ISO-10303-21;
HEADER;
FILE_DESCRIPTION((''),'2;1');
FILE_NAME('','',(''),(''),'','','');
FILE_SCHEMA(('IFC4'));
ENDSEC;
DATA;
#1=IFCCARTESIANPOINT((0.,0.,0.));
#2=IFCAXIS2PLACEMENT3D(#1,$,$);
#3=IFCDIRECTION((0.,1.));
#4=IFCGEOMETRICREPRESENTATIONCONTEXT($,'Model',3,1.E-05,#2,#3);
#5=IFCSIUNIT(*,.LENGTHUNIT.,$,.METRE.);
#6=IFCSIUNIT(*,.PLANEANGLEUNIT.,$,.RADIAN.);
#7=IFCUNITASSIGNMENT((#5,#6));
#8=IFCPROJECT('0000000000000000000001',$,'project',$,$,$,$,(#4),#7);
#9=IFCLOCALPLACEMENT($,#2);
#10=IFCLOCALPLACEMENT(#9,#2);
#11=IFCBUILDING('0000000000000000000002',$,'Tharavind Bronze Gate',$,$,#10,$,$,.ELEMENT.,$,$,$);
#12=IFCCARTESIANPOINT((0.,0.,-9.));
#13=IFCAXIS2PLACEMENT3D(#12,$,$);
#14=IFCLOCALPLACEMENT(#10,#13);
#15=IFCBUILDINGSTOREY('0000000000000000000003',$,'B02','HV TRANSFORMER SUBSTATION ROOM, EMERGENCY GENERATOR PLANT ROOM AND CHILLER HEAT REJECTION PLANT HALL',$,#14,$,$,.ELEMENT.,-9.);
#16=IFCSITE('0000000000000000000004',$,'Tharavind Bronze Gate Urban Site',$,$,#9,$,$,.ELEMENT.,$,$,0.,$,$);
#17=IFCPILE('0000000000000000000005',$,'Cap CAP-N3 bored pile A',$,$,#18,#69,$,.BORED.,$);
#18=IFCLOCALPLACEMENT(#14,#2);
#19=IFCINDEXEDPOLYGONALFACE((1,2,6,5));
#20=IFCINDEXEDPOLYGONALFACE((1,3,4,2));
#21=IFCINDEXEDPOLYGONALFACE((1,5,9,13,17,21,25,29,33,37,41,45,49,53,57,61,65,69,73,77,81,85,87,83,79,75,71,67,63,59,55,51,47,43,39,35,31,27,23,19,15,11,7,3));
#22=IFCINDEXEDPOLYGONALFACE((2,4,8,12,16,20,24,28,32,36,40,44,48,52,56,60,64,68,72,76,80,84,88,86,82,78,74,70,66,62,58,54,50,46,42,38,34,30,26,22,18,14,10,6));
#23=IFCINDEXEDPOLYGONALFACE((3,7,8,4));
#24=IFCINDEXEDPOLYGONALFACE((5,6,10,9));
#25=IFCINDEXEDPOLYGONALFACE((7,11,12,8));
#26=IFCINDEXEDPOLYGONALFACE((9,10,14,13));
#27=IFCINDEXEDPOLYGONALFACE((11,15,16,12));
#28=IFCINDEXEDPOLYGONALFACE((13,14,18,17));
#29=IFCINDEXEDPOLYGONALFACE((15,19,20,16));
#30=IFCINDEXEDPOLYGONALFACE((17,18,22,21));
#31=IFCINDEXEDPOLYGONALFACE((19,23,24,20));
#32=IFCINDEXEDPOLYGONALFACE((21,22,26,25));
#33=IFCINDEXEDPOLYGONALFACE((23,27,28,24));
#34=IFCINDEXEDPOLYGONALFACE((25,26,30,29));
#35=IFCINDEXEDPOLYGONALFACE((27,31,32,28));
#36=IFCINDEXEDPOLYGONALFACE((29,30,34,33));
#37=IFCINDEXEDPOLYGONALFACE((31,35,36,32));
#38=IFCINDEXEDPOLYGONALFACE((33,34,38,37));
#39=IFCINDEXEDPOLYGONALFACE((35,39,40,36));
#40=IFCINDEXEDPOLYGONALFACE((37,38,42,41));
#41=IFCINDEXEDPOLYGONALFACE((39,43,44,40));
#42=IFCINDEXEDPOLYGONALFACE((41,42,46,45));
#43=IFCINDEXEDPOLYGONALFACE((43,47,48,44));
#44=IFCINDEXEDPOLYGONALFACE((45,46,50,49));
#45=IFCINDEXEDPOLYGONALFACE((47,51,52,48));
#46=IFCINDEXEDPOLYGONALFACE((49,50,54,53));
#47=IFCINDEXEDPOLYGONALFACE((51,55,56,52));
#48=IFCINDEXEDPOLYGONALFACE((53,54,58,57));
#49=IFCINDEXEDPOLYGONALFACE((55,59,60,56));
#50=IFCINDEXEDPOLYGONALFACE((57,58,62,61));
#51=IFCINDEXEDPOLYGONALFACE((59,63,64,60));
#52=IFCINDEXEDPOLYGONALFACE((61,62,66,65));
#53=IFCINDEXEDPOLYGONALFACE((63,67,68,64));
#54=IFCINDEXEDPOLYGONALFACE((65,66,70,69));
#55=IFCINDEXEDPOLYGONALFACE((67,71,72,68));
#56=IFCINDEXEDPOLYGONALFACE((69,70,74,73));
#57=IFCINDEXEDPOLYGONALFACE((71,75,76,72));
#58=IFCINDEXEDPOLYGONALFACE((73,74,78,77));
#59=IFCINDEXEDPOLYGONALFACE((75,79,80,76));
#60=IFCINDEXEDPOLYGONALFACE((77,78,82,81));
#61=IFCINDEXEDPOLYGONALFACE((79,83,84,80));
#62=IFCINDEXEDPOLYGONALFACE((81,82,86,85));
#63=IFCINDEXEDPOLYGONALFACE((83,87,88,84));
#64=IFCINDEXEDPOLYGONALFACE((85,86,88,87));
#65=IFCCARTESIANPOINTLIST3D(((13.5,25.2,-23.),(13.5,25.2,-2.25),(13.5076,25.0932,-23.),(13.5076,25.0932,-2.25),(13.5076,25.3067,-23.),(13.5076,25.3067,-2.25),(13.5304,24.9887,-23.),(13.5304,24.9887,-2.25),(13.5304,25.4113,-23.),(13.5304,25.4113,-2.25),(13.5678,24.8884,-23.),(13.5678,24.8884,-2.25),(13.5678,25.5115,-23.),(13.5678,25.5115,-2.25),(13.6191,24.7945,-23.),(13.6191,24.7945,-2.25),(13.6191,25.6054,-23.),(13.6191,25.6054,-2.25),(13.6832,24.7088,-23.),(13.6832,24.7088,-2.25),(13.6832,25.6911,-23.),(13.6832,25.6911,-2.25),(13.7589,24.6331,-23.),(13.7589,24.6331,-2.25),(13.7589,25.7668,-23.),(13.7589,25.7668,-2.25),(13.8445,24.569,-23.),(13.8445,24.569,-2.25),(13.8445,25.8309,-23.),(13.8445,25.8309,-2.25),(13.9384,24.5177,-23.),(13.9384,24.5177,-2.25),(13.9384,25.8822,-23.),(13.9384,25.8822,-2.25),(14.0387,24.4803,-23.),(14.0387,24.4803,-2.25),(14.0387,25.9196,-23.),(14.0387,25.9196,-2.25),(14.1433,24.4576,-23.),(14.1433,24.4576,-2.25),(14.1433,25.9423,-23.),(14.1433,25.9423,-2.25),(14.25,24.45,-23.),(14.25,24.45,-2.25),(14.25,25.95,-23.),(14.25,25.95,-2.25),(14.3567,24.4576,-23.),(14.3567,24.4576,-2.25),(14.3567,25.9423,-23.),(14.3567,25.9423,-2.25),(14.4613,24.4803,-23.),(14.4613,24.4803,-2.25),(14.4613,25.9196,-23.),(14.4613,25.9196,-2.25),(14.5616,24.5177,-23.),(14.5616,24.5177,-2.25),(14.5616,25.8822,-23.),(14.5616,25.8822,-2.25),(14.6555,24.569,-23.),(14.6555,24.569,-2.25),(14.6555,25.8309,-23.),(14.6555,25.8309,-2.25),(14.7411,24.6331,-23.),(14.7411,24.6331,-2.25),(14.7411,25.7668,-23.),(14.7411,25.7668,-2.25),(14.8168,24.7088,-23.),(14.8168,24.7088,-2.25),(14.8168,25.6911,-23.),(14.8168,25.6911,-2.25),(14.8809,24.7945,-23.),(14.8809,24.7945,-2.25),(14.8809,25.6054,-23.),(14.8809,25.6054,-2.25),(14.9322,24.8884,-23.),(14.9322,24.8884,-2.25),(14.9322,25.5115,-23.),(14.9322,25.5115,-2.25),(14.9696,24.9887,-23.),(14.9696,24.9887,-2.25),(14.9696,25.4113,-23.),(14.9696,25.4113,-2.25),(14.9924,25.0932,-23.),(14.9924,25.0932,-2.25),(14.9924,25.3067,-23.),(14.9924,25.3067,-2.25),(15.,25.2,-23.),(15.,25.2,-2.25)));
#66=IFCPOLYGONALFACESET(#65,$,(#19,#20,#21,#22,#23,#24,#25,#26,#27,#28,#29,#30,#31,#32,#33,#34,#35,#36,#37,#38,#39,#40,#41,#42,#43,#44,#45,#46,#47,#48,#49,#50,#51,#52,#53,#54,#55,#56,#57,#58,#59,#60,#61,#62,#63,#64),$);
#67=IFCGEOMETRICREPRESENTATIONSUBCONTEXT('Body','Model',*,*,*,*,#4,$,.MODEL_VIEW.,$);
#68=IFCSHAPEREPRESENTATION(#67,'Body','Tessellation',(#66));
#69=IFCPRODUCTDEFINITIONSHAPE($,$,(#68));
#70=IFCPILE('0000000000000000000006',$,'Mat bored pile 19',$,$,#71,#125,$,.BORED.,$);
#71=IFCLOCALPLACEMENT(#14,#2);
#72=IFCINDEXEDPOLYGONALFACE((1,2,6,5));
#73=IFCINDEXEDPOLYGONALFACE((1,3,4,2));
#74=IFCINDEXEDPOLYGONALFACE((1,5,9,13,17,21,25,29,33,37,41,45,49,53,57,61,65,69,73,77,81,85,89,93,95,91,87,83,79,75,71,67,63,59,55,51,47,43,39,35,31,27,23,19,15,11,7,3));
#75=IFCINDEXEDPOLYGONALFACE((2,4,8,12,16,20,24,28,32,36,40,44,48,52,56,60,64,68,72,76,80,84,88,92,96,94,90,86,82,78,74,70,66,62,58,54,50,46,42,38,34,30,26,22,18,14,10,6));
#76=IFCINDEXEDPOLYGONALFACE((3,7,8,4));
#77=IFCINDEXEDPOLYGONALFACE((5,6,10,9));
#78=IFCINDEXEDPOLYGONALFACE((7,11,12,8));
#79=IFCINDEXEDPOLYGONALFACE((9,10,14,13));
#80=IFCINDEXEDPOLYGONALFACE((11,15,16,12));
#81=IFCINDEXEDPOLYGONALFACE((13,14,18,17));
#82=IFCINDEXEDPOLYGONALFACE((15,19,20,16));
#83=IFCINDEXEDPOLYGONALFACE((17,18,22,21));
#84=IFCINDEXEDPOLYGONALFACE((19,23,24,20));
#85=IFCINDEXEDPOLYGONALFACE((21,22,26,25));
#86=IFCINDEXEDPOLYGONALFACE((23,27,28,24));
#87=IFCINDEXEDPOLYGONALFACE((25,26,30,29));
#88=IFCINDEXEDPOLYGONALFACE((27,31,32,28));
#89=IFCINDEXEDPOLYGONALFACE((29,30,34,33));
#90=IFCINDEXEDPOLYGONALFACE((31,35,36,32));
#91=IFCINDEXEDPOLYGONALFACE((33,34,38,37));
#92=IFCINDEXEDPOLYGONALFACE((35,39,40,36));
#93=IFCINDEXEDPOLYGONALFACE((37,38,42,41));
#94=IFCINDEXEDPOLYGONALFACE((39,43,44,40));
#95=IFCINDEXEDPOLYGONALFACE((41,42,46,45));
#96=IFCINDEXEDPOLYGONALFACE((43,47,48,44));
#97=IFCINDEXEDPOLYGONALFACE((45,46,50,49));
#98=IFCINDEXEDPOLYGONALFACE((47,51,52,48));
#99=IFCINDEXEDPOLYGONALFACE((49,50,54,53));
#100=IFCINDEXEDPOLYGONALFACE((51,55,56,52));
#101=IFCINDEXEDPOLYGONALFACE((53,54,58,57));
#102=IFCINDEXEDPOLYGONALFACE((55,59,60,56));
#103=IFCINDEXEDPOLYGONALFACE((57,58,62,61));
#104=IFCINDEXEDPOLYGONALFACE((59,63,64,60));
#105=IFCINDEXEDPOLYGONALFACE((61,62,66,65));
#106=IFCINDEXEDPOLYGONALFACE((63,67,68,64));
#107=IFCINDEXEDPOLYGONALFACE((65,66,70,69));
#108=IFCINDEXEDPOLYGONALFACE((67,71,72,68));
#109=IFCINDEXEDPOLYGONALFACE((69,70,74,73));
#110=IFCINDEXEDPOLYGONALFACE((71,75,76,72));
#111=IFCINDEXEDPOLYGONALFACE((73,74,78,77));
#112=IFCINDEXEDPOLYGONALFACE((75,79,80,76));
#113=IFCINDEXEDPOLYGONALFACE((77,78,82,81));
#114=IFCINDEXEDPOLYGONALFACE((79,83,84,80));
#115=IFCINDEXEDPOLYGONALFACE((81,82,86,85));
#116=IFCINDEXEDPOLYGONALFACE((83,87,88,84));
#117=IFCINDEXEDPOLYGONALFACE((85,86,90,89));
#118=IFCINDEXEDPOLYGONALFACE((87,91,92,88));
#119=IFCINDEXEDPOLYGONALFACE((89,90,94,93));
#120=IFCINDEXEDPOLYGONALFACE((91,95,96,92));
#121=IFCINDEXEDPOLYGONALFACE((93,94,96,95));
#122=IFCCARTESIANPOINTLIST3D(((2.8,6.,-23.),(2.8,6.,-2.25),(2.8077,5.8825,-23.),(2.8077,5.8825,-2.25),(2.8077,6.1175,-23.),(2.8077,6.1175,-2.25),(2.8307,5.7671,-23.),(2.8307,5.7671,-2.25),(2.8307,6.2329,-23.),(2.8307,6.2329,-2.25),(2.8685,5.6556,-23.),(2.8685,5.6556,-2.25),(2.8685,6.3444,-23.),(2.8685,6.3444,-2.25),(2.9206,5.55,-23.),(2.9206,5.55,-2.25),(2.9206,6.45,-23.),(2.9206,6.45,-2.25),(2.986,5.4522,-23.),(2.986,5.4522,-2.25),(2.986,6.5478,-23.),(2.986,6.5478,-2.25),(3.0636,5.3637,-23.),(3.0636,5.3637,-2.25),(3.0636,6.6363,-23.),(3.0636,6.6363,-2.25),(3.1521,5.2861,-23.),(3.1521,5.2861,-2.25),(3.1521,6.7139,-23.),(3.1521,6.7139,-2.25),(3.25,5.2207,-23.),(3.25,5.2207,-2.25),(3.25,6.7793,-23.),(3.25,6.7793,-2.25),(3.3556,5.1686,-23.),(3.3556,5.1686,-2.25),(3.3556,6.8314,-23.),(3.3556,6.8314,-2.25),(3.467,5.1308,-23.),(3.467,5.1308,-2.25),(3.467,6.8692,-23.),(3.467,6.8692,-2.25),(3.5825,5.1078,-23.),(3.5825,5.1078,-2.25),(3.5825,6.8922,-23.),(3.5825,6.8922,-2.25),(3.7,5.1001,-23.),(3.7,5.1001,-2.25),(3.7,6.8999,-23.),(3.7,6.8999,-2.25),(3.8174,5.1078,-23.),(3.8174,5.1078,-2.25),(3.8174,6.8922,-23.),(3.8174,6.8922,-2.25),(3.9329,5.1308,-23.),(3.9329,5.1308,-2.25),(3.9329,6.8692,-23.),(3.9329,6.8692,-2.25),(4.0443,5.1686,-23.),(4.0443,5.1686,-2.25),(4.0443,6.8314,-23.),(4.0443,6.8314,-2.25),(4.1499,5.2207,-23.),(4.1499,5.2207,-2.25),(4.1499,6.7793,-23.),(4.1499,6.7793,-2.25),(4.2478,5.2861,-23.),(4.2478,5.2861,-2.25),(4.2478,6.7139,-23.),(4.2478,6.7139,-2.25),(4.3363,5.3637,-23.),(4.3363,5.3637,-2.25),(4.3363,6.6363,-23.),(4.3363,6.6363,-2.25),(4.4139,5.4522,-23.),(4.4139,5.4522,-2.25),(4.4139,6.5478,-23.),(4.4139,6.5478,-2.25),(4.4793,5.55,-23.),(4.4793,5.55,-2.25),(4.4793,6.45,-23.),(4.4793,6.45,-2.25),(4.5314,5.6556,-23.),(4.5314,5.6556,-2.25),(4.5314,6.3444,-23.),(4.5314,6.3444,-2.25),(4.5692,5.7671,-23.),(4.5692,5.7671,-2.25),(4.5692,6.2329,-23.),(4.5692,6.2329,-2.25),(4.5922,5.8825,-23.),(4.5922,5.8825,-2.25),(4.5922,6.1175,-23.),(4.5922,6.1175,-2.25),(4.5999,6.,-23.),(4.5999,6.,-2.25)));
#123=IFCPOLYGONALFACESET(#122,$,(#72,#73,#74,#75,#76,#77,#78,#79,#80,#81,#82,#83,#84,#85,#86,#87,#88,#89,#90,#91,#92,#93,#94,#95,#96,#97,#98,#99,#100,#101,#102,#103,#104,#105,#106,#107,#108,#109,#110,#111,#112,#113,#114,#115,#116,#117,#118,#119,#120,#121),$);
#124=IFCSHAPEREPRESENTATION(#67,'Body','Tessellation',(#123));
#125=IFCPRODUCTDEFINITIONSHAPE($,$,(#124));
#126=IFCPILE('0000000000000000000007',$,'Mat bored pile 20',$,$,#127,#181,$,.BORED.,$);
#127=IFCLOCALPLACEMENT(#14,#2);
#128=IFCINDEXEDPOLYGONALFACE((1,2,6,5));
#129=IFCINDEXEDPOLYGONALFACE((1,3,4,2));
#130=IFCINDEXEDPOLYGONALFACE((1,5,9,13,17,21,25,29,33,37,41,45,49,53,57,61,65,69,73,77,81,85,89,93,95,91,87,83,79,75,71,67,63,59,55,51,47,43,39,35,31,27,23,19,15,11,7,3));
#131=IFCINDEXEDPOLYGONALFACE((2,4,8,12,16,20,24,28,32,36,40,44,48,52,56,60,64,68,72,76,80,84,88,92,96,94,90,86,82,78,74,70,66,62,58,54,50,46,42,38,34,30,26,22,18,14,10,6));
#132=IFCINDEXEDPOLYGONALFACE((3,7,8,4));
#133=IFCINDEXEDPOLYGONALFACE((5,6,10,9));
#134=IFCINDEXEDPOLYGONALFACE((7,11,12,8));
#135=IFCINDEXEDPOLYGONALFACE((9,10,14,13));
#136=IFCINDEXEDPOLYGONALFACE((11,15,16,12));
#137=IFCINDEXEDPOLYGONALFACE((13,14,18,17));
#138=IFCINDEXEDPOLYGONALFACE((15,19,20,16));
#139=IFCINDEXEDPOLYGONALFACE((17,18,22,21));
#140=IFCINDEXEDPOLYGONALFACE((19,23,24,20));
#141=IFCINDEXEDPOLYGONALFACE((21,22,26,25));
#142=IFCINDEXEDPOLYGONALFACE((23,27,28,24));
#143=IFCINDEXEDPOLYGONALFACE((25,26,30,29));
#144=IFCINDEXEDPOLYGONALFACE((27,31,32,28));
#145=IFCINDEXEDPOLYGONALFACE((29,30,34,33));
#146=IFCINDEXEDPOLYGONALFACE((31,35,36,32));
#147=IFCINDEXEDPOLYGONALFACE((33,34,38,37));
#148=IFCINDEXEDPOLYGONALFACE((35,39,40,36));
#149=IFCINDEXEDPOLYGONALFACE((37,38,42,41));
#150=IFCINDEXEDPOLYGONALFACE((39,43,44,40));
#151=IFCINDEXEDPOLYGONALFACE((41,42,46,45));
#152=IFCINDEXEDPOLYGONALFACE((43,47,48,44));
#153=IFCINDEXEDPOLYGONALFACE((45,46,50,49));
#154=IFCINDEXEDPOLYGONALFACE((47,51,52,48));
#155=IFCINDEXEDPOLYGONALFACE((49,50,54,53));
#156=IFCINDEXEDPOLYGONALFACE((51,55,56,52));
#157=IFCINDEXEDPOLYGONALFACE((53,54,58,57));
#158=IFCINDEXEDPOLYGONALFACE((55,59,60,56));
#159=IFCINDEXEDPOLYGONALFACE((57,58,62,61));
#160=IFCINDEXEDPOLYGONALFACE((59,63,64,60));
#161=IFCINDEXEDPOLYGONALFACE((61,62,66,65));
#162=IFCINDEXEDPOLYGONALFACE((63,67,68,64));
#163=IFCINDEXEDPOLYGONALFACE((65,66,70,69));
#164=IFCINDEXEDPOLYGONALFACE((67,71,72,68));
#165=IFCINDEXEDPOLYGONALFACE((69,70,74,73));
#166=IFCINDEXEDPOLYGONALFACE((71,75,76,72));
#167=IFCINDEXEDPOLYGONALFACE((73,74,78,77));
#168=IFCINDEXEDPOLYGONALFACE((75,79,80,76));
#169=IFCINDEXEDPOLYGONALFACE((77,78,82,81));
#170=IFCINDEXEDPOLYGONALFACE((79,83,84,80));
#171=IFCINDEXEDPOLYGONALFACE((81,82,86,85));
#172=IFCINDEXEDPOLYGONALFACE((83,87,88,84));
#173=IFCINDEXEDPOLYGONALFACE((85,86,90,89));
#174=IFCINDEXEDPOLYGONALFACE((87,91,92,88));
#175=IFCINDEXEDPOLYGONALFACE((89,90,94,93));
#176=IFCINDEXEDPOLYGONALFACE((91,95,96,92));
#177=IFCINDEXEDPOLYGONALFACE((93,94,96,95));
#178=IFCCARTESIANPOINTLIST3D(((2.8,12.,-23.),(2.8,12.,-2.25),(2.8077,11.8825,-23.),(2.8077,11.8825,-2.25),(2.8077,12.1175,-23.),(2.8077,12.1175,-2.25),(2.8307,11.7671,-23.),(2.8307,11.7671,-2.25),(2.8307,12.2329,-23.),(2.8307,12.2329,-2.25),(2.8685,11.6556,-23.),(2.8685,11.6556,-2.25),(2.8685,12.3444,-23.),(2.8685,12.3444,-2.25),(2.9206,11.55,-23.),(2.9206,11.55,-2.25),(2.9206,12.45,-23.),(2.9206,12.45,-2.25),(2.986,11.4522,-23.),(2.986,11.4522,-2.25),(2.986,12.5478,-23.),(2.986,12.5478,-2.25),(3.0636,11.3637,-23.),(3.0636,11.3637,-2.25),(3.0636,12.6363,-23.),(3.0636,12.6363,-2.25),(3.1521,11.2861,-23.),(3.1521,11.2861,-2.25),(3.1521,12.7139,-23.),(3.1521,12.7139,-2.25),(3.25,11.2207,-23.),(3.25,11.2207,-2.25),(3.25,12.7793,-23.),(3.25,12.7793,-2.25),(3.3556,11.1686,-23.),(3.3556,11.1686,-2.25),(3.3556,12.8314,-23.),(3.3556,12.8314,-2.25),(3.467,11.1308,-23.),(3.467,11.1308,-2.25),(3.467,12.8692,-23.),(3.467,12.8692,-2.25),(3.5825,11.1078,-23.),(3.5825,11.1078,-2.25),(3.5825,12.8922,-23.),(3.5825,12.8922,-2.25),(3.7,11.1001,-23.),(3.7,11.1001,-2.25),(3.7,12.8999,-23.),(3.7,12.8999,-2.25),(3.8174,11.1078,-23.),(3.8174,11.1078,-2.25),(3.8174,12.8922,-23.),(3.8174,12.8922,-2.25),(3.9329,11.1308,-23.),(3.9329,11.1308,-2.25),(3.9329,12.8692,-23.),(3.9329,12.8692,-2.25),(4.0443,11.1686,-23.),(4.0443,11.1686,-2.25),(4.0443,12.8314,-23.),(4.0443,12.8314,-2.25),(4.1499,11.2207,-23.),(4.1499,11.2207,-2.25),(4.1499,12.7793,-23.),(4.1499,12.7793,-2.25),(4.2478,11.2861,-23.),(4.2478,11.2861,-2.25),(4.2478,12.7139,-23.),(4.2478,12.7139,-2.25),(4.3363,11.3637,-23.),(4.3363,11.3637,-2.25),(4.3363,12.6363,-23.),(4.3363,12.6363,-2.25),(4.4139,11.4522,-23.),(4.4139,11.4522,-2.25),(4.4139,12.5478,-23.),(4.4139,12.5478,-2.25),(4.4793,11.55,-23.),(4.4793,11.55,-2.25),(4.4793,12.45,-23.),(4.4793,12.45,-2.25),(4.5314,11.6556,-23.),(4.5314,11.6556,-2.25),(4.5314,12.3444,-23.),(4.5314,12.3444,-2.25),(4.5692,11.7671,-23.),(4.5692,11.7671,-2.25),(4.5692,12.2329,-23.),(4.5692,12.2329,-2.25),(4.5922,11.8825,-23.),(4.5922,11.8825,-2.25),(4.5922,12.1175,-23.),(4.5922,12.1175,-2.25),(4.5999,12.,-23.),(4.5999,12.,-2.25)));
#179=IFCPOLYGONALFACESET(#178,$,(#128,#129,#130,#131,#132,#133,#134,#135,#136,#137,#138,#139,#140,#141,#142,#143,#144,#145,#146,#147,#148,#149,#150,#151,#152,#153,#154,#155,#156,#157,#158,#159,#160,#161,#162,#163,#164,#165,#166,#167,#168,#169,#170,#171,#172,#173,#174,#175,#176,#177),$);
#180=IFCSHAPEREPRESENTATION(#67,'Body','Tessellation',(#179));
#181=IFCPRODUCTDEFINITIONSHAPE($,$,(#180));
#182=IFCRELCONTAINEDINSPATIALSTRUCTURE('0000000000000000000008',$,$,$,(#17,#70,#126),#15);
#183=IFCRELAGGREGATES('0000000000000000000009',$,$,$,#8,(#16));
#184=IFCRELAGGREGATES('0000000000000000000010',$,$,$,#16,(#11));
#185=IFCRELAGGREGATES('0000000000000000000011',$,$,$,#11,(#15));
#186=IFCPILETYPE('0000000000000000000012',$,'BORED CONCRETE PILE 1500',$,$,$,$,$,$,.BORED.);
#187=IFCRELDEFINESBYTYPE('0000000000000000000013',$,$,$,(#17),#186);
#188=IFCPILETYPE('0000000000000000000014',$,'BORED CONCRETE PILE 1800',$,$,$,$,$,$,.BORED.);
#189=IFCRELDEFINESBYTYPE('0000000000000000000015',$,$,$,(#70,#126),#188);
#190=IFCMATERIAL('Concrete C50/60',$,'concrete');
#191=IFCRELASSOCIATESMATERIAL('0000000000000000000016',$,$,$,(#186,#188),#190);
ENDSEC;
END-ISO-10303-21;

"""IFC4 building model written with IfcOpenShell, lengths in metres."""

from ifc_helpers import new_model, si_unit, direction, frame, origin, origin_2d, place, context, subcontext, project, spatial, circle, extrude, material, material_profile, profile_set, type_object, element, save


model = new_model("IFC4")

# Units and contexts
model_context = context("Model", 3, precision=1e-05, world=origin(), true_north=direction((0.0, 1.0)))
body_context = subcontext(model_context, "Body", "Model", "MODEL_VIEW")
ifc_project = project(units=[si_unit("LENGTHUNIT", "METRE"), si_unit("PLANEANGLEUNIT", "RADIAN")], contexts=[model_context])

# Site, building, storey
site_placement = place(None, origin())
site = spatial("IfcSite", under=ifc_project, at=site_placement, Name="Tharavind Bronze Gate Urban Site", CompositionType="ELEMENT", RefElevation=0.0)
building_placement = place(site_placement, origin())
building = spatial("IfcBuilding", under=site, at=building_placement, Name="Tharavind Bronze Gate", CompositionType="ELEMENT")
storey_placement = place(building_placement, frame((0.0, 0.0, -9.0)))
storey = spatial("IfcBuildingStorey", under=building, at=storey_placement, Name="B02", Description="HV TRANSFORMER SUBSTATION ROOM, EMERGENCY GENERATOR PLANT ROOM AND CHILLER HEAT REJECTION PLANT HALL", CompositionType="ELEMENT", Elevation=-9.0)

# Piles
ifc_material_1 = material(Name="Concrete C50/60", Category="concrete")
ifc_material_profile_1 = material_profile(ifc_material_1, circle(Radius=0.75, at=origin_2d()), Name="PILE1500")
ifc_profile_set_1 = profile_set([ifc_material_profile_1], Name="Concrete C50/60")
pile_type_1 = type_object("IfcPileType", Name="BORED CONCRETE PILE 1500", PredefinedType="BORED", material=ifc_profile_set_1)
pile_placement = place(storey_placement, frame((14.25, 25.2, -2.25), z_axis=(0.0, 0.0, -1.0), x_axis=(1.0, 0.0, 0.0)))
element("IfcPile", 1, at=pile_placement, inside=storey, type_object=pile_type_1, Name="Cap CAP-N3 bored pile A", PredefinedType="BORED", context=body_context, shape_type="SweptSolid", body=[
    extrude(circle(Radius=0.75, at=origin_2d()), origin(), (0.0, 0.0, 1.0), 20.75),
])
ifc_material_profile_2 = material_profile(ifc_material_1, circle(Radius=0.8999, at=origin_2d()), Name="PILE1800")
ifc_profile_set_2 = profile_set([ifc_material_profile_2], Name="Concrete C50/60")
pile_type_2 = type_object("IfcPileType", Name="BORED CONCRETE PILE 1800", PredefinedType="BORED", material=ifc_profile_set_2)
for number, where, z_axis, x_axis, name in (
    (2, (3.7, 6.0, -2.25), (0.0, 0.0, -1.0), (1.0, 0.0, 0.0), "Mat bored pile 19"),
    (3, (3.7, 12.0, -2.25), (0.0, 0.0, -1.0), (1.0, 0.0, 0.0), "Mat bored pile 20"),
):
    element("IfcPile", number, at=place(storey_placement, frame(where, z_axis=z_axis, x_axis=x_axis)), inside=storey, type_object=pile_type_2, Name=name, PredefinedType="BORED", context=body_context, shape_type="SweptSolid", body=[
        extrude(circle(Radius=0.8999, at=origin_2d()), origin(), (0.0, 0.0, 1.0), 20.75),
    ])

save(model, "model.ifc")
